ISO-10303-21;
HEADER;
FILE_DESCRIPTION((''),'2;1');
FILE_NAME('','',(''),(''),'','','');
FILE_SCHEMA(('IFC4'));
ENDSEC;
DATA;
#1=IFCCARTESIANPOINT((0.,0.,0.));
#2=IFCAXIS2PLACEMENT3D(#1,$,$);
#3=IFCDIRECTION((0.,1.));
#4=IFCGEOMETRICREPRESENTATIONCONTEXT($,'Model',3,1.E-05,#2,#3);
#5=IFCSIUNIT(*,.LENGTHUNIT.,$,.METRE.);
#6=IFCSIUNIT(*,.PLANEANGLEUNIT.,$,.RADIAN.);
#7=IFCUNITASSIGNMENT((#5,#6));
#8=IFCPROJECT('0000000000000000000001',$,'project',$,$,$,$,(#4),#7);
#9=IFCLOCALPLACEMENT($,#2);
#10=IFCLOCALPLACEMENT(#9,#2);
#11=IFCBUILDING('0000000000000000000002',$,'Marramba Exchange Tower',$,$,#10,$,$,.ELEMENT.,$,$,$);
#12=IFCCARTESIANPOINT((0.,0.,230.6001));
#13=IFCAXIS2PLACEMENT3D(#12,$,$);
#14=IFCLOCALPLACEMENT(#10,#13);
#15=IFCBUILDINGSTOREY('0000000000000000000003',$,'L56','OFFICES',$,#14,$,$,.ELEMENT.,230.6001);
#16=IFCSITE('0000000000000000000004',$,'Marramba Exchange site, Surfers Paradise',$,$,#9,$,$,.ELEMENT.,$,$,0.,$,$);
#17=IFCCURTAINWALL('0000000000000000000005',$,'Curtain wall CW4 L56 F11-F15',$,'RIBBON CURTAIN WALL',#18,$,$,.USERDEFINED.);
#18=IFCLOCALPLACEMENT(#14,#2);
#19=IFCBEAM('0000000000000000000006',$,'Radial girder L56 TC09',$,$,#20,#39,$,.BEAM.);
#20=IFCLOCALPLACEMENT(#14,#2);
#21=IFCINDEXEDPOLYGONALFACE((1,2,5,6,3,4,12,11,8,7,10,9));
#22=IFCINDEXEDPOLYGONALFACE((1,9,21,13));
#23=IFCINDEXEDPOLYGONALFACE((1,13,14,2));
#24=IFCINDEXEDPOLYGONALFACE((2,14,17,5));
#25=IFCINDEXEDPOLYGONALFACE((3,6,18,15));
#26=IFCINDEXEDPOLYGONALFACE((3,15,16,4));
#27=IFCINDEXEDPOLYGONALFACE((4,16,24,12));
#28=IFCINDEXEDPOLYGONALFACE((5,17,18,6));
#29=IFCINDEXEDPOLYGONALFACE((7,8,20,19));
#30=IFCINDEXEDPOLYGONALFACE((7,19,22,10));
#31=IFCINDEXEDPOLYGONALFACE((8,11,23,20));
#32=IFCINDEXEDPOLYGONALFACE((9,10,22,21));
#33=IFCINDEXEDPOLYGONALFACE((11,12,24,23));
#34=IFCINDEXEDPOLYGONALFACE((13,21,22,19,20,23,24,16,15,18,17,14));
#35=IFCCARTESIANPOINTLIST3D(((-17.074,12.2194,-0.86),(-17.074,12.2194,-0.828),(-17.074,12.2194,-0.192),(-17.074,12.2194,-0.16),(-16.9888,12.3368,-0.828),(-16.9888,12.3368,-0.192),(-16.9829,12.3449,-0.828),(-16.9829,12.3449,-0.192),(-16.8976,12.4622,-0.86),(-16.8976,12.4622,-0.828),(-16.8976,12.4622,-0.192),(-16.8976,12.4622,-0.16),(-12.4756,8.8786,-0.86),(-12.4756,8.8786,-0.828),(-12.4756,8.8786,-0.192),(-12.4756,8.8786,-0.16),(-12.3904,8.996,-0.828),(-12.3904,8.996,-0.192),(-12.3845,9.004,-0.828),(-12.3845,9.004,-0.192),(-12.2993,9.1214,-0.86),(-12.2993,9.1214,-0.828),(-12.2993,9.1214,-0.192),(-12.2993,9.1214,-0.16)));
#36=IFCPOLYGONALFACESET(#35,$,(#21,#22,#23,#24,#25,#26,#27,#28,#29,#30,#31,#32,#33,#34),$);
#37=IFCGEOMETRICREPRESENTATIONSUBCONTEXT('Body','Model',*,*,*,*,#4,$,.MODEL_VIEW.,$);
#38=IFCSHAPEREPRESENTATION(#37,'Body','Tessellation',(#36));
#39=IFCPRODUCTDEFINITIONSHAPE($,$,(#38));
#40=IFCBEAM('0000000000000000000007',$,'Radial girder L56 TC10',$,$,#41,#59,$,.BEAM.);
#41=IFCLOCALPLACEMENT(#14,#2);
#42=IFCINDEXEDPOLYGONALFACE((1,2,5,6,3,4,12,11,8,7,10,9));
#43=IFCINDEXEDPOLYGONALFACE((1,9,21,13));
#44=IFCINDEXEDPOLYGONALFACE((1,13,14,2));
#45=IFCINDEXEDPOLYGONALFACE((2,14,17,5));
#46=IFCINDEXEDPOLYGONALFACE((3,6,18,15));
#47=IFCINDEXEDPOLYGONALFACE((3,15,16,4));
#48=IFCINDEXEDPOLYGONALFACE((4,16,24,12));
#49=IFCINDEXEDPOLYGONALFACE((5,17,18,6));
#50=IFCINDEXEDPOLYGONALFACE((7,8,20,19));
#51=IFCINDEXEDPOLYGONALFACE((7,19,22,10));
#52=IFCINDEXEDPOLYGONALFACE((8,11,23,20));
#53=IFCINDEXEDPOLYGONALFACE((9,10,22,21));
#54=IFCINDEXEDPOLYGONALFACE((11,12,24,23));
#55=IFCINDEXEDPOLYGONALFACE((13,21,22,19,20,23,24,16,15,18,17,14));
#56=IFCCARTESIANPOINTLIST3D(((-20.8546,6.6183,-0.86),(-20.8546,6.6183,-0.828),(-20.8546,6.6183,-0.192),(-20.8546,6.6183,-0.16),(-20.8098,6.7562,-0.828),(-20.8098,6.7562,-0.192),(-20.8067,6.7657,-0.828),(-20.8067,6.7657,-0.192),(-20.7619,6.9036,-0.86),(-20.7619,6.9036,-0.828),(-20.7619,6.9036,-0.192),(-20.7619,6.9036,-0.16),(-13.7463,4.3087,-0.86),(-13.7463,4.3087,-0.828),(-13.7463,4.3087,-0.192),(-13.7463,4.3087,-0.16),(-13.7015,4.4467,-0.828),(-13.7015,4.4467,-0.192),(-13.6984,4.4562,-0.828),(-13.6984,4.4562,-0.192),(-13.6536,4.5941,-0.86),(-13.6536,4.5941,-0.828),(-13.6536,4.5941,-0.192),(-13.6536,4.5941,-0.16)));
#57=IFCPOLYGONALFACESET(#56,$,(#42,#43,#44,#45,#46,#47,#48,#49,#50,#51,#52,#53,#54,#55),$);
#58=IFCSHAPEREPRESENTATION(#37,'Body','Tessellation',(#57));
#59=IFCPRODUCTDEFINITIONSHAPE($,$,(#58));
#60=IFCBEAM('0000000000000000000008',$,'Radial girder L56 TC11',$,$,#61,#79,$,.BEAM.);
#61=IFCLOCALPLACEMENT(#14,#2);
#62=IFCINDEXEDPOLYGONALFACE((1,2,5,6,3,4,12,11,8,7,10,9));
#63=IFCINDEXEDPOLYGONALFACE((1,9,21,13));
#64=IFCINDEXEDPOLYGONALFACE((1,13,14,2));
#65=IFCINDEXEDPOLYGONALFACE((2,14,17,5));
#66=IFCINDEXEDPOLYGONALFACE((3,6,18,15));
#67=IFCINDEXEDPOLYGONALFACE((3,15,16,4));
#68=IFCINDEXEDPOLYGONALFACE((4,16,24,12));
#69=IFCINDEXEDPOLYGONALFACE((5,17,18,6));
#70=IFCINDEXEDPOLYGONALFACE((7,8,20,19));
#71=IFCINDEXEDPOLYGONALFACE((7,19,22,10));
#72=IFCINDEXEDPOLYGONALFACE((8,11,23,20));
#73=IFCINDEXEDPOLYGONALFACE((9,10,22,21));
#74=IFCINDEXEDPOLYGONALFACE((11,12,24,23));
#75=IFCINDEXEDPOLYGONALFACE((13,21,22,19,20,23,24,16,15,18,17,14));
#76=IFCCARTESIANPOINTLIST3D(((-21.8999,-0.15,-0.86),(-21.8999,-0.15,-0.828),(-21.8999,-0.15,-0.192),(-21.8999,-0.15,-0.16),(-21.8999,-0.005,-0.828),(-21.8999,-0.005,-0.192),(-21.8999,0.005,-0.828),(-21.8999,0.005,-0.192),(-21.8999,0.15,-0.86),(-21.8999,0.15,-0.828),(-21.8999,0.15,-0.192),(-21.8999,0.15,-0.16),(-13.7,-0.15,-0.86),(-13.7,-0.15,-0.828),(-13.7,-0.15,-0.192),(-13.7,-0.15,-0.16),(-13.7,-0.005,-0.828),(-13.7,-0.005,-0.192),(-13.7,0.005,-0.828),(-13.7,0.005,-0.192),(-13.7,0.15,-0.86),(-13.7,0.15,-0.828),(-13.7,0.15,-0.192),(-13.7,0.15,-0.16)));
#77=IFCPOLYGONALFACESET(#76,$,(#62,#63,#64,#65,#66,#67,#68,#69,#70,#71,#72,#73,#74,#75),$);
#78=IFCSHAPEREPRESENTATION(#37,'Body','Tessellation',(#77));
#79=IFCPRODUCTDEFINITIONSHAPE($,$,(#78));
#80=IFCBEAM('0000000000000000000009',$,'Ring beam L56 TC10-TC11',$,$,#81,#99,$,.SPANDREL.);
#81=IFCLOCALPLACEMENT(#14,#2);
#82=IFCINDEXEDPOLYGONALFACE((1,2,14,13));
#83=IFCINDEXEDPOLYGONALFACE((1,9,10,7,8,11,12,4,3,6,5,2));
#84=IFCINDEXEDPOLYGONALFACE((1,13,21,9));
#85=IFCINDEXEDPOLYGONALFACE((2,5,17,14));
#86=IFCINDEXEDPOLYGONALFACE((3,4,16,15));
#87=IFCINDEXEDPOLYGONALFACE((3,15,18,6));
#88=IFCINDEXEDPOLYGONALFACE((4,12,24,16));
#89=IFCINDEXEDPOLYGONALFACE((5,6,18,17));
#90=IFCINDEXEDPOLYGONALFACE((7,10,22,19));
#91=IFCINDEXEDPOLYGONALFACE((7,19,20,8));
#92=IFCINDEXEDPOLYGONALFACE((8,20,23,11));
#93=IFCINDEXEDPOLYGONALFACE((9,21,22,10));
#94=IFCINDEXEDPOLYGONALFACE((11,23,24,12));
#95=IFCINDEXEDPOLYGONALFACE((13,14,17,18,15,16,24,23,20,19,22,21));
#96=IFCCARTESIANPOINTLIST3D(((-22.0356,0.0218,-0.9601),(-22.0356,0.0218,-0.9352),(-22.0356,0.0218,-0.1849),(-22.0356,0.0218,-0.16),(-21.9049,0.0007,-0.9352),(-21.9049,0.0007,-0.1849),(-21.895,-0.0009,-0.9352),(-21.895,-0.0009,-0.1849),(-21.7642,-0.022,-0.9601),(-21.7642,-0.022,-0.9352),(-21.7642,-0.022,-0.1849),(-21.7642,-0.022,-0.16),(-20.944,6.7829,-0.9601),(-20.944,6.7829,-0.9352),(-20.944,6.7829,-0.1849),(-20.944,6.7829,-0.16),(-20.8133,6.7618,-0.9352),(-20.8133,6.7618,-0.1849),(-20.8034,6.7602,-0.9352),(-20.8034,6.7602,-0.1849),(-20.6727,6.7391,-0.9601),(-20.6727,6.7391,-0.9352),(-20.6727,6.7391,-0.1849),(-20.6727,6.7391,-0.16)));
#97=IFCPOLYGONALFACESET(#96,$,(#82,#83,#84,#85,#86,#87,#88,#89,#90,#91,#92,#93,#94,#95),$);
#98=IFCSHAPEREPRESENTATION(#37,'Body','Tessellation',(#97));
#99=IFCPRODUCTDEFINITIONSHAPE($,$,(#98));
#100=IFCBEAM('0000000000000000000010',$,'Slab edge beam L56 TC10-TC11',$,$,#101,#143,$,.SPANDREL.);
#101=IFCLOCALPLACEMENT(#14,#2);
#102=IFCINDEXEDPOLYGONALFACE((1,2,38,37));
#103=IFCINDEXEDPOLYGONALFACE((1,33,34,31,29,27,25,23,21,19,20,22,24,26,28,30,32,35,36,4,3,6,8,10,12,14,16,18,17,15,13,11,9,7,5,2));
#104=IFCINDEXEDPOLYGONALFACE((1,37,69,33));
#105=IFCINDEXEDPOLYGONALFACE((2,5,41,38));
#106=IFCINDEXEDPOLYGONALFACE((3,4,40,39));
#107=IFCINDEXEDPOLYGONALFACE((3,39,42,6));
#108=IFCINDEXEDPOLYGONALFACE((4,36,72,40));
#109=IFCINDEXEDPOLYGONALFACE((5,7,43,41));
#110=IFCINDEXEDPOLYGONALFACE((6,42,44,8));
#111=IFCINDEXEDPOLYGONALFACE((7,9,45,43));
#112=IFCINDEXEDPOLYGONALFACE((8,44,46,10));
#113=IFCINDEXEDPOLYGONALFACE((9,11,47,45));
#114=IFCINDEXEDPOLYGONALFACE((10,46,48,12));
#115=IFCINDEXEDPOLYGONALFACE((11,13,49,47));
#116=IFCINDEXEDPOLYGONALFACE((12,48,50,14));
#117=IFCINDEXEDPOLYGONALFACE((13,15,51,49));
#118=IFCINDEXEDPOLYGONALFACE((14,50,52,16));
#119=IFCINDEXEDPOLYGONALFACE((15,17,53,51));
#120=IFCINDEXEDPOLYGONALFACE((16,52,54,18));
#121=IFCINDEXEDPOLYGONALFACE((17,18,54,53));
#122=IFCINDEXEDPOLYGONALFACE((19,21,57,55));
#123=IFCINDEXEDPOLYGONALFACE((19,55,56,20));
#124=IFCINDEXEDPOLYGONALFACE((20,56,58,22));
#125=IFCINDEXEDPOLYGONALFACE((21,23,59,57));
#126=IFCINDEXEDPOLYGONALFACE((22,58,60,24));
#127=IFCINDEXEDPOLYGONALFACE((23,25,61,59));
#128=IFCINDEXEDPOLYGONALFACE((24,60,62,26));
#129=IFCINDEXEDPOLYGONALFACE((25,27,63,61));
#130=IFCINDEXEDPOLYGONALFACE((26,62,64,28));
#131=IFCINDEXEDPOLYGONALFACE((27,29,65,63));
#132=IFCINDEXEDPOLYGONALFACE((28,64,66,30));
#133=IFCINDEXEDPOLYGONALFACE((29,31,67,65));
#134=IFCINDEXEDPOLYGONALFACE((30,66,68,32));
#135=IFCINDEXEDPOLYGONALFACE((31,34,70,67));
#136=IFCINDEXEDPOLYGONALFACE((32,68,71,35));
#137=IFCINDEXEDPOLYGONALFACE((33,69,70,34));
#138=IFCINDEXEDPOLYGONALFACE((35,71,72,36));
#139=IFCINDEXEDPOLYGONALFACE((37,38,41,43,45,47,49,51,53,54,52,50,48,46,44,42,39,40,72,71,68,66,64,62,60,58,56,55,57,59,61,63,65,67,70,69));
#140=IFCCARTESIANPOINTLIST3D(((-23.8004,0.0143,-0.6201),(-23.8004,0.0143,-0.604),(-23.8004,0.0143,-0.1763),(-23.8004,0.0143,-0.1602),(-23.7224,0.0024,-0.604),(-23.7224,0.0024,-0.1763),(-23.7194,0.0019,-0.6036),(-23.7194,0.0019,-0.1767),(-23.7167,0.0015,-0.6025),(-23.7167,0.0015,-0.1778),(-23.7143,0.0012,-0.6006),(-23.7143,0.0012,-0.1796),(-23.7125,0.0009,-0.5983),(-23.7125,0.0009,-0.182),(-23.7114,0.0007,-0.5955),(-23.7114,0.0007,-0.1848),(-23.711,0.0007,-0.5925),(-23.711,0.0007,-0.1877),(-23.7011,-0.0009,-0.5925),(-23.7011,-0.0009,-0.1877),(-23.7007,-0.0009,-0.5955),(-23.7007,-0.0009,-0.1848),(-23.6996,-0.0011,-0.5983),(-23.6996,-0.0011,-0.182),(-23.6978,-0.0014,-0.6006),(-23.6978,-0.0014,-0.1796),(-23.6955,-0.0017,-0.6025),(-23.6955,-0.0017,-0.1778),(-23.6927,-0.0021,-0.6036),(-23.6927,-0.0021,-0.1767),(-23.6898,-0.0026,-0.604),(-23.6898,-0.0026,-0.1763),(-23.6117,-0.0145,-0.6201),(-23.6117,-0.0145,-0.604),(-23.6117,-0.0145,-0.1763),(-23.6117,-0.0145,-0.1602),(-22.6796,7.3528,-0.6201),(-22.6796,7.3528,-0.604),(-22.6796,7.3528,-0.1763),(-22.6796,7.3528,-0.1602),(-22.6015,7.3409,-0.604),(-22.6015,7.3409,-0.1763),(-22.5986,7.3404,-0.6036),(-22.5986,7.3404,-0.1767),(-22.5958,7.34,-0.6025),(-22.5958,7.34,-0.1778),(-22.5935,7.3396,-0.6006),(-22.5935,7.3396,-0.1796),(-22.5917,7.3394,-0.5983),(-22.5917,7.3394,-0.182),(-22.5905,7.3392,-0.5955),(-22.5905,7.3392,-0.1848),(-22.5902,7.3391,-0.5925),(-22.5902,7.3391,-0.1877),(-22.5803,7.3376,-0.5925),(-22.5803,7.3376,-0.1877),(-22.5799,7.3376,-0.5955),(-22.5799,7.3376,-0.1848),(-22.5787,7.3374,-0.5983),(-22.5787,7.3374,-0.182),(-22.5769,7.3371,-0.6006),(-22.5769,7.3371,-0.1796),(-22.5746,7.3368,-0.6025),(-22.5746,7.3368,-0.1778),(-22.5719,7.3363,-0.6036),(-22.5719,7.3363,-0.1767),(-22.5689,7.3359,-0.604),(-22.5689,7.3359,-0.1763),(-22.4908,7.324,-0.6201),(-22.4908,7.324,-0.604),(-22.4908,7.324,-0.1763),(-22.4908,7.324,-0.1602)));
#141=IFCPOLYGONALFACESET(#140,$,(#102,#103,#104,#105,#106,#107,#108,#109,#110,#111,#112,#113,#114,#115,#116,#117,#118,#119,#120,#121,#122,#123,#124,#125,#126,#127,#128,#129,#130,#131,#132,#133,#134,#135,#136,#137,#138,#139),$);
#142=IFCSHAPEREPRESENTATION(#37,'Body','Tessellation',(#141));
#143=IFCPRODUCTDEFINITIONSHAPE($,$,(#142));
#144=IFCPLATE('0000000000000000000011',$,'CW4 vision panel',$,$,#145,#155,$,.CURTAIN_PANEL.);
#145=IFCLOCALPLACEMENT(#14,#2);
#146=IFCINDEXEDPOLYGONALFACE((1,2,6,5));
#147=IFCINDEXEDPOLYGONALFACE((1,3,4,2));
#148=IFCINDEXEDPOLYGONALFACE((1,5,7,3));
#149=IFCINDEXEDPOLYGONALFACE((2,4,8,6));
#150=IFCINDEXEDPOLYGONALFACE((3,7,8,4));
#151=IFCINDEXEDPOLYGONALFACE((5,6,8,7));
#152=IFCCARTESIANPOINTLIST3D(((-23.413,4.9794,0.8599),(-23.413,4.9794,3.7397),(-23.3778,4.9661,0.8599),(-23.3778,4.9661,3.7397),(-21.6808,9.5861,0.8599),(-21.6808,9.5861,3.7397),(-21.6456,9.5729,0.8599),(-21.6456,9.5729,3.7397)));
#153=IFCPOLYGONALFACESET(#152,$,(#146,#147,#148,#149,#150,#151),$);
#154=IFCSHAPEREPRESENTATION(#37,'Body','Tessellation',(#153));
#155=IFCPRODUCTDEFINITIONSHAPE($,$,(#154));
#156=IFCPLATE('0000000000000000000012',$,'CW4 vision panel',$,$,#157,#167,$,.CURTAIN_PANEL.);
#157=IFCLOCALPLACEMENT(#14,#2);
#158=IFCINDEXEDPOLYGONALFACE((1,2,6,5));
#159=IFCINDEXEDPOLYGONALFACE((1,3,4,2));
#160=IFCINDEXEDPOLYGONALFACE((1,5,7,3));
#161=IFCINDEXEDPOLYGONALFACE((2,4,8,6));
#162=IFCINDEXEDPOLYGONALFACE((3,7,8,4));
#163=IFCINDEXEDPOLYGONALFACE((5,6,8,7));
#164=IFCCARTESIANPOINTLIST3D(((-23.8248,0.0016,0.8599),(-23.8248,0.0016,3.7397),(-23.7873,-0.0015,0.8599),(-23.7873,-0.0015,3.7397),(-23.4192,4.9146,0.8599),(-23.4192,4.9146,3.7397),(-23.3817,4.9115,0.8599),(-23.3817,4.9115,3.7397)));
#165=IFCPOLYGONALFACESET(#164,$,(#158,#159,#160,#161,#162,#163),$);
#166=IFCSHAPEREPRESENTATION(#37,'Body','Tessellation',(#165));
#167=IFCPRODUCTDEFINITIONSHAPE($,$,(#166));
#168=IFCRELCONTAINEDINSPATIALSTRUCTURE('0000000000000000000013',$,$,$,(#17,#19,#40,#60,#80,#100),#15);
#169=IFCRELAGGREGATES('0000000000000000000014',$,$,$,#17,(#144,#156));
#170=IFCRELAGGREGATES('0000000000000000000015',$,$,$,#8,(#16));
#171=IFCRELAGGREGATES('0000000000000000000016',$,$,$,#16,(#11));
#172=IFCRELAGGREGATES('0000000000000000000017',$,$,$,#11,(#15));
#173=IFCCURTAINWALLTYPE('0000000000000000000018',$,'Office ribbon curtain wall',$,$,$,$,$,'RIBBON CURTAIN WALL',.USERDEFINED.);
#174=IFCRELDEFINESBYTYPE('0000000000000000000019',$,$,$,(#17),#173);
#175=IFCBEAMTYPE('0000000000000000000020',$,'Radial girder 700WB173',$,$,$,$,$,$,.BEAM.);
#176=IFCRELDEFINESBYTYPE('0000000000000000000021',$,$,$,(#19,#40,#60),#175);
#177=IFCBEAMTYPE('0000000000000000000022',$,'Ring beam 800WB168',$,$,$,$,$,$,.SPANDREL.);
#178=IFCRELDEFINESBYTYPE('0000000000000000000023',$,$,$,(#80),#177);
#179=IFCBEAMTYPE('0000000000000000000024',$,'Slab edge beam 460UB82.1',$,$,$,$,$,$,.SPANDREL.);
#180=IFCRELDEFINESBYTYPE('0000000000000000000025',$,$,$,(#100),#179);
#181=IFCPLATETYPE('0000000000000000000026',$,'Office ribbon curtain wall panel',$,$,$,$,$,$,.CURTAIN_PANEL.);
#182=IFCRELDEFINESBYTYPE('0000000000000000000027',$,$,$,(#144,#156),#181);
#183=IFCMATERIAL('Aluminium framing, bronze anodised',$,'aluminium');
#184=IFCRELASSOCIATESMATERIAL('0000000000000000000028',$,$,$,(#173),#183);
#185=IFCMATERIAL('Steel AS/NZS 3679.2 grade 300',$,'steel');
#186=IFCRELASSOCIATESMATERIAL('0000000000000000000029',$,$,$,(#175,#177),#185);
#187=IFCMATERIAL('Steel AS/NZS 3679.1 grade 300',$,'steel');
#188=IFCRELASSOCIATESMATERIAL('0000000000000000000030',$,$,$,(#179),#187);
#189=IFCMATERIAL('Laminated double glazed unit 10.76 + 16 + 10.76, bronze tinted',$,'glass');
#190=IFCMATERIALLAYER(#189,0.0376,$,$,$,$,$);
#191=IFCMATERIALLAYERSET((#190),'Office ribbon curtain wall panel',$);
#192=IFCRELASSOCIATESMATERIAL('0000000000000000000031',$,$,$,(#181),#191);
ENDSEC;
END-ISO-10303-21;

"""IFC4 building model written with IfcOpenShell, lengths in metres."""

from ifc_helpers import new_model, si_unit, direction, frame, origin, origin_2d, place, context, subcontext, project, spatial, rectangle, i_section, extrude, material, layer, layer_set, material_profile, profile_set, type_object, element, aggregate, save


model = new_model("IFC4")

# Units and contexts
model_context = context("Model", 3, precision=1e-05, world=origin(), true_north=direction((0.0, 1.0)))
body_context = subcontext(model_context, "Body", "Model", "MODEL_VIEW")
ifc_project = project(units=[si_unit("LENGTHUNIT", "METRE"), si_unit("PLANEANGLEUNIT", "RADIAN")], contexts=[model_context])

# Site, building, storey
site_placement = place(None, origin())
site = spatial("IfcSite", under=ifc_project, at=site_placement, Name="Marramba Exchange site, Surfers Paradise", CompositionType="ELEMENT", RefElevation=0.0)
building_placement = place(site_placement, origin())
building = spatial("IfcBuilding", under=site, at=building_placement, Name="Marramba Exchange Tower", CompositionType="ELEMENT")
storey_placement = place(building_placement, frame((0.0, 0.0, 230.6001)))
storey = spatial("IfcBuildingStorey", under=building, at=storey_placement, Name="L56", Description="OFFICES", CompositionType="ELEMENT", Elevation=230.6001)

# Shared definitions
ifc_material_1 = material(Name="Steel AS/NZS 3679.2 grade 300", Category="steel")
ifc_material_2 = material(Name="Steel AS/NZS 3679.1 grade 300", Category="steel")

# Curtain wall
ifc_material_3 = material(Name="Aluminium framing, bronze anodised", Category="aluminium")
curtain_wall_type = type_object("IfcCurtainWallType", Name="Office ribbon curtain wall", ElementType="RIBBON CURTAIN WALL", PredefinedType="USERDEFINED", material=ifc_material_3)
curtain_wall_placement = place(storey_placement, origin())
curtain_wall = element("IfcCurtainWall", 1, at=curtain_wall_placement, inside=storey, type_object=curtain_wall_type, Name="Curtain wall CW4 L56 F11-F15", ObjectType="RIBBON CURTAIN WALL", PredefinedType="USERDEFINED")

# Beams
ifc_material_profile_1 = material_profile(ifc_material_1, i_section(OverallWidth=0.3, OverallDepth=0.7, WebThickness=0.01, FlangeThickness=0.032, at=origin_2d()), Name="700WB173")
ifc_profile_set_1 = profile_set([ifc_material_profile_1], Name="Steel AS/NZS 3679.2 grade 300")
beam_type_1 = type_object("IfcBeamType", Name="Radial girder 700WB173", PredefinedType="BEAM", material=ifc_profile_set_1)
beam_1_placement = place(storey_placement, frame((-12.3875, 9.0, -0.51), z_axis=(-0.809026, 0.587773, 0.0), x_axis=(-0.587773, -0.809026, 0.0)))
element("IfcBeam", 2, at=beam_1_placement, inside=storey, type_object=beam_type_1, Name="Radial girder L56 TC09", PredefinedType="BEAM", context=body_context, shape_type="SweptSolid", body=[
    extrude(i_section(OverallWidth=0.3, OverallDepth=0.7, WebThickness=0.01, FlangeThickness=0.032, at=origin_2d()), origin(), (0.0, 0.0, 1.0), 5.6838),
])
beam_2_placement = place(storey_placement, frame((-13.7, 4.4514, -0.51), z_axis=(-0.95106, 0.309006, 0.0), x_axis=(-0.309006, -0.95106, 0.0)))
element("IfcBeam", 3, at=beam_2_placement, inside=storey, type_object=beam_type_1, Name="Radial girder L56 TC10", PredefinedType="BEAM", context=body_context, shape_type="SweptSolid", body=[
    extrude(i_section(OverallWidth=0.3, OverallDepth=0.7, WebThickness=0.01, FlangeThickness=0.032, at=origin_2d()), origin(), (0.0, 0.0, 1.0), 7.4741),
])
beam_3_placement = place(storey_placement, frame((-13.7, 0.0, -0.51), z_axis=(-1.0, 0.0, 0.0), x_axis=(0.0, -1.0, 0.0)))
element("IfcBeam", 4, at=beam_3_placement, inside=storey, type_object=beam_type_1, Name="Radial girder L56 TC11", PredefinedType="BEAM", context=body_context, shape_type="SweptSolid", body=[
    extrude(i_section(OverallWidth=0.3, OverallDepth=0.7, WebThickness=0.01, FlangeThickness=0.032, at=origin_2d()), origin(), (0.0, 0.0, 1.0), 8.2),
])
ifc_material_profile_2 = material_profile(ifc_material_1, i_section(OverallWidth=0.2749, OverallDepth=0.8, WebThickness=0.01, FlangeThickness=0.0249, at=origin_2d()), Name="800WB168")
ifc_profile_set_2 = profile_set([ifc_material_profile_2], Name="Steel AS/NZS 3679.2 grade 300")
beam_type_2 = type_object("IfcBeamType", Name="Ring beam 800WB168", PredefinedType="SPANDREL", material=ifc_profile_set_2)
beam_4_placement = place(storey_placement, frame((-20.8083, 6.761, -0.5601), z_axis=(-0.159385, -0.987217, 0.0), x_axis=(0.987217, -0.159385, 0.0)))
element("IfcBeam", 5, at=beam_4_placement, inside=storey, type_object=beam_type_2, Name="Ring beam L56 TC10-TC11", PredefinedType="SPANDREL", context=body_context, shape_type="SweptSolid", body=[
    extrude(i_section(OverallWidth=0.2749, OverallDepth=0.8, WebThickness=0.01, FlangeThickness=0.0249, at=origin_2d()), origin(), (0.0, 0.0, 1.0), 6.8486),
])
ifc_material_profile_3 = material_profile(ifc_material_2, i_section(OverallWidth=0.1909, OverallDepth=0.46, WebThickness=0.01, FlangeThickness=0.0161, FilletRadius=0.0115, at=origin_2d()), Name="460UB82.1")
ifc_profile_set_3 = profile_set([ifc_material_profile_3], Name="Steel AS/NZS 3679.1 grade 300")
beam_type_3 = type_object("IfcBeamType", Name="Slab edge beam 460UB82.1", PredefinedType="SPANDREL", material=ifc_profile_set_3)
beam_5_placement = place(storey_placement, frame((-22.5852, 7.3384, -0.3901), z_axis=(-0.150987, -0.988536, 0.0), x_axis=(0.988536, -0.150987, 0.0)))
element("IfcBeam", 6, at=beam_5_placement, inside=storey, type_object=beam_type_3, Name="Slab edge beam L56 TC10-TC11", PredefinedType="SPANDREL", context=body_context, shape_type="SweptSolid", body=[
    extrude(i_section(OverallWidth=0.1909, OverallDepth=0.46, WebThickness=0.01, FlangeThickness=0.0161, FilletRadius=0.0115, at=origin_2d()), origin(), (0.0, 0.0, 1.0), 7.4236),
])

# Plates
ifc_material_4 = material(Name="Laminated double glazed unit 10.76 + 16 + 10.76, bronze tinted", Category="glass")
ifc_layer_1 = layer(ifc_material_4, 0.0376)
ifc_layer_set_1 = layer_set([ifc_layer_1], Name="Office ribbon curtain wall panel")
plate_type = type_object("IfcPlateType", Name="Office ribbon curtain wall panel", PredefinedType="CURTAIN_PANEL", material=ifc_layer_set_1)
plate_1_placement = place(storey_placement, frame((-22.5293, 7.2761, 0.8599), z_axis=(0.0, 0.0, 1.0), x_axis=(-0.351952, -0.936018, 0.0)))
plate_1 = element("IfcPlate", 7, at=plate_1_placement, type_object=plate_type, Name="CW4 vision panel", PredefinedType="CURTAIN_PANEL", context=body_context, shape_type="SweptSolid", body=[
    extrude(rectangle(XDim=4.9216, YDim=0.0376, at=origin_2d()), origin(), (0.0, 0.0, 1.0), 2.8799),
])
plate_2_placement = place(storey_placement, frame((-23.6033, 2.4565, 0.8599), z_axis=(0.0, 0.0, 1.0), x_axis=(-0.082281, -0.996609, 0.0)))
plate_2 = element("IfcPlate", 8, at=plate_2_placement, type_object=plate_type, Name="CW4 vision panel", PredefinedType="CURTAIN_PANEL", context=body_context, shape_type="SweptSolid", body=[
    extrude(rectangle(XDim=4.9297, YDim=0.0376, at=origin_2d()), origin(), (0.0, 0.0, 1.0), 2.8799),
])
aggregate(curtain_wall, [plate_1, plate_2])

save(model, "model.ifc")
